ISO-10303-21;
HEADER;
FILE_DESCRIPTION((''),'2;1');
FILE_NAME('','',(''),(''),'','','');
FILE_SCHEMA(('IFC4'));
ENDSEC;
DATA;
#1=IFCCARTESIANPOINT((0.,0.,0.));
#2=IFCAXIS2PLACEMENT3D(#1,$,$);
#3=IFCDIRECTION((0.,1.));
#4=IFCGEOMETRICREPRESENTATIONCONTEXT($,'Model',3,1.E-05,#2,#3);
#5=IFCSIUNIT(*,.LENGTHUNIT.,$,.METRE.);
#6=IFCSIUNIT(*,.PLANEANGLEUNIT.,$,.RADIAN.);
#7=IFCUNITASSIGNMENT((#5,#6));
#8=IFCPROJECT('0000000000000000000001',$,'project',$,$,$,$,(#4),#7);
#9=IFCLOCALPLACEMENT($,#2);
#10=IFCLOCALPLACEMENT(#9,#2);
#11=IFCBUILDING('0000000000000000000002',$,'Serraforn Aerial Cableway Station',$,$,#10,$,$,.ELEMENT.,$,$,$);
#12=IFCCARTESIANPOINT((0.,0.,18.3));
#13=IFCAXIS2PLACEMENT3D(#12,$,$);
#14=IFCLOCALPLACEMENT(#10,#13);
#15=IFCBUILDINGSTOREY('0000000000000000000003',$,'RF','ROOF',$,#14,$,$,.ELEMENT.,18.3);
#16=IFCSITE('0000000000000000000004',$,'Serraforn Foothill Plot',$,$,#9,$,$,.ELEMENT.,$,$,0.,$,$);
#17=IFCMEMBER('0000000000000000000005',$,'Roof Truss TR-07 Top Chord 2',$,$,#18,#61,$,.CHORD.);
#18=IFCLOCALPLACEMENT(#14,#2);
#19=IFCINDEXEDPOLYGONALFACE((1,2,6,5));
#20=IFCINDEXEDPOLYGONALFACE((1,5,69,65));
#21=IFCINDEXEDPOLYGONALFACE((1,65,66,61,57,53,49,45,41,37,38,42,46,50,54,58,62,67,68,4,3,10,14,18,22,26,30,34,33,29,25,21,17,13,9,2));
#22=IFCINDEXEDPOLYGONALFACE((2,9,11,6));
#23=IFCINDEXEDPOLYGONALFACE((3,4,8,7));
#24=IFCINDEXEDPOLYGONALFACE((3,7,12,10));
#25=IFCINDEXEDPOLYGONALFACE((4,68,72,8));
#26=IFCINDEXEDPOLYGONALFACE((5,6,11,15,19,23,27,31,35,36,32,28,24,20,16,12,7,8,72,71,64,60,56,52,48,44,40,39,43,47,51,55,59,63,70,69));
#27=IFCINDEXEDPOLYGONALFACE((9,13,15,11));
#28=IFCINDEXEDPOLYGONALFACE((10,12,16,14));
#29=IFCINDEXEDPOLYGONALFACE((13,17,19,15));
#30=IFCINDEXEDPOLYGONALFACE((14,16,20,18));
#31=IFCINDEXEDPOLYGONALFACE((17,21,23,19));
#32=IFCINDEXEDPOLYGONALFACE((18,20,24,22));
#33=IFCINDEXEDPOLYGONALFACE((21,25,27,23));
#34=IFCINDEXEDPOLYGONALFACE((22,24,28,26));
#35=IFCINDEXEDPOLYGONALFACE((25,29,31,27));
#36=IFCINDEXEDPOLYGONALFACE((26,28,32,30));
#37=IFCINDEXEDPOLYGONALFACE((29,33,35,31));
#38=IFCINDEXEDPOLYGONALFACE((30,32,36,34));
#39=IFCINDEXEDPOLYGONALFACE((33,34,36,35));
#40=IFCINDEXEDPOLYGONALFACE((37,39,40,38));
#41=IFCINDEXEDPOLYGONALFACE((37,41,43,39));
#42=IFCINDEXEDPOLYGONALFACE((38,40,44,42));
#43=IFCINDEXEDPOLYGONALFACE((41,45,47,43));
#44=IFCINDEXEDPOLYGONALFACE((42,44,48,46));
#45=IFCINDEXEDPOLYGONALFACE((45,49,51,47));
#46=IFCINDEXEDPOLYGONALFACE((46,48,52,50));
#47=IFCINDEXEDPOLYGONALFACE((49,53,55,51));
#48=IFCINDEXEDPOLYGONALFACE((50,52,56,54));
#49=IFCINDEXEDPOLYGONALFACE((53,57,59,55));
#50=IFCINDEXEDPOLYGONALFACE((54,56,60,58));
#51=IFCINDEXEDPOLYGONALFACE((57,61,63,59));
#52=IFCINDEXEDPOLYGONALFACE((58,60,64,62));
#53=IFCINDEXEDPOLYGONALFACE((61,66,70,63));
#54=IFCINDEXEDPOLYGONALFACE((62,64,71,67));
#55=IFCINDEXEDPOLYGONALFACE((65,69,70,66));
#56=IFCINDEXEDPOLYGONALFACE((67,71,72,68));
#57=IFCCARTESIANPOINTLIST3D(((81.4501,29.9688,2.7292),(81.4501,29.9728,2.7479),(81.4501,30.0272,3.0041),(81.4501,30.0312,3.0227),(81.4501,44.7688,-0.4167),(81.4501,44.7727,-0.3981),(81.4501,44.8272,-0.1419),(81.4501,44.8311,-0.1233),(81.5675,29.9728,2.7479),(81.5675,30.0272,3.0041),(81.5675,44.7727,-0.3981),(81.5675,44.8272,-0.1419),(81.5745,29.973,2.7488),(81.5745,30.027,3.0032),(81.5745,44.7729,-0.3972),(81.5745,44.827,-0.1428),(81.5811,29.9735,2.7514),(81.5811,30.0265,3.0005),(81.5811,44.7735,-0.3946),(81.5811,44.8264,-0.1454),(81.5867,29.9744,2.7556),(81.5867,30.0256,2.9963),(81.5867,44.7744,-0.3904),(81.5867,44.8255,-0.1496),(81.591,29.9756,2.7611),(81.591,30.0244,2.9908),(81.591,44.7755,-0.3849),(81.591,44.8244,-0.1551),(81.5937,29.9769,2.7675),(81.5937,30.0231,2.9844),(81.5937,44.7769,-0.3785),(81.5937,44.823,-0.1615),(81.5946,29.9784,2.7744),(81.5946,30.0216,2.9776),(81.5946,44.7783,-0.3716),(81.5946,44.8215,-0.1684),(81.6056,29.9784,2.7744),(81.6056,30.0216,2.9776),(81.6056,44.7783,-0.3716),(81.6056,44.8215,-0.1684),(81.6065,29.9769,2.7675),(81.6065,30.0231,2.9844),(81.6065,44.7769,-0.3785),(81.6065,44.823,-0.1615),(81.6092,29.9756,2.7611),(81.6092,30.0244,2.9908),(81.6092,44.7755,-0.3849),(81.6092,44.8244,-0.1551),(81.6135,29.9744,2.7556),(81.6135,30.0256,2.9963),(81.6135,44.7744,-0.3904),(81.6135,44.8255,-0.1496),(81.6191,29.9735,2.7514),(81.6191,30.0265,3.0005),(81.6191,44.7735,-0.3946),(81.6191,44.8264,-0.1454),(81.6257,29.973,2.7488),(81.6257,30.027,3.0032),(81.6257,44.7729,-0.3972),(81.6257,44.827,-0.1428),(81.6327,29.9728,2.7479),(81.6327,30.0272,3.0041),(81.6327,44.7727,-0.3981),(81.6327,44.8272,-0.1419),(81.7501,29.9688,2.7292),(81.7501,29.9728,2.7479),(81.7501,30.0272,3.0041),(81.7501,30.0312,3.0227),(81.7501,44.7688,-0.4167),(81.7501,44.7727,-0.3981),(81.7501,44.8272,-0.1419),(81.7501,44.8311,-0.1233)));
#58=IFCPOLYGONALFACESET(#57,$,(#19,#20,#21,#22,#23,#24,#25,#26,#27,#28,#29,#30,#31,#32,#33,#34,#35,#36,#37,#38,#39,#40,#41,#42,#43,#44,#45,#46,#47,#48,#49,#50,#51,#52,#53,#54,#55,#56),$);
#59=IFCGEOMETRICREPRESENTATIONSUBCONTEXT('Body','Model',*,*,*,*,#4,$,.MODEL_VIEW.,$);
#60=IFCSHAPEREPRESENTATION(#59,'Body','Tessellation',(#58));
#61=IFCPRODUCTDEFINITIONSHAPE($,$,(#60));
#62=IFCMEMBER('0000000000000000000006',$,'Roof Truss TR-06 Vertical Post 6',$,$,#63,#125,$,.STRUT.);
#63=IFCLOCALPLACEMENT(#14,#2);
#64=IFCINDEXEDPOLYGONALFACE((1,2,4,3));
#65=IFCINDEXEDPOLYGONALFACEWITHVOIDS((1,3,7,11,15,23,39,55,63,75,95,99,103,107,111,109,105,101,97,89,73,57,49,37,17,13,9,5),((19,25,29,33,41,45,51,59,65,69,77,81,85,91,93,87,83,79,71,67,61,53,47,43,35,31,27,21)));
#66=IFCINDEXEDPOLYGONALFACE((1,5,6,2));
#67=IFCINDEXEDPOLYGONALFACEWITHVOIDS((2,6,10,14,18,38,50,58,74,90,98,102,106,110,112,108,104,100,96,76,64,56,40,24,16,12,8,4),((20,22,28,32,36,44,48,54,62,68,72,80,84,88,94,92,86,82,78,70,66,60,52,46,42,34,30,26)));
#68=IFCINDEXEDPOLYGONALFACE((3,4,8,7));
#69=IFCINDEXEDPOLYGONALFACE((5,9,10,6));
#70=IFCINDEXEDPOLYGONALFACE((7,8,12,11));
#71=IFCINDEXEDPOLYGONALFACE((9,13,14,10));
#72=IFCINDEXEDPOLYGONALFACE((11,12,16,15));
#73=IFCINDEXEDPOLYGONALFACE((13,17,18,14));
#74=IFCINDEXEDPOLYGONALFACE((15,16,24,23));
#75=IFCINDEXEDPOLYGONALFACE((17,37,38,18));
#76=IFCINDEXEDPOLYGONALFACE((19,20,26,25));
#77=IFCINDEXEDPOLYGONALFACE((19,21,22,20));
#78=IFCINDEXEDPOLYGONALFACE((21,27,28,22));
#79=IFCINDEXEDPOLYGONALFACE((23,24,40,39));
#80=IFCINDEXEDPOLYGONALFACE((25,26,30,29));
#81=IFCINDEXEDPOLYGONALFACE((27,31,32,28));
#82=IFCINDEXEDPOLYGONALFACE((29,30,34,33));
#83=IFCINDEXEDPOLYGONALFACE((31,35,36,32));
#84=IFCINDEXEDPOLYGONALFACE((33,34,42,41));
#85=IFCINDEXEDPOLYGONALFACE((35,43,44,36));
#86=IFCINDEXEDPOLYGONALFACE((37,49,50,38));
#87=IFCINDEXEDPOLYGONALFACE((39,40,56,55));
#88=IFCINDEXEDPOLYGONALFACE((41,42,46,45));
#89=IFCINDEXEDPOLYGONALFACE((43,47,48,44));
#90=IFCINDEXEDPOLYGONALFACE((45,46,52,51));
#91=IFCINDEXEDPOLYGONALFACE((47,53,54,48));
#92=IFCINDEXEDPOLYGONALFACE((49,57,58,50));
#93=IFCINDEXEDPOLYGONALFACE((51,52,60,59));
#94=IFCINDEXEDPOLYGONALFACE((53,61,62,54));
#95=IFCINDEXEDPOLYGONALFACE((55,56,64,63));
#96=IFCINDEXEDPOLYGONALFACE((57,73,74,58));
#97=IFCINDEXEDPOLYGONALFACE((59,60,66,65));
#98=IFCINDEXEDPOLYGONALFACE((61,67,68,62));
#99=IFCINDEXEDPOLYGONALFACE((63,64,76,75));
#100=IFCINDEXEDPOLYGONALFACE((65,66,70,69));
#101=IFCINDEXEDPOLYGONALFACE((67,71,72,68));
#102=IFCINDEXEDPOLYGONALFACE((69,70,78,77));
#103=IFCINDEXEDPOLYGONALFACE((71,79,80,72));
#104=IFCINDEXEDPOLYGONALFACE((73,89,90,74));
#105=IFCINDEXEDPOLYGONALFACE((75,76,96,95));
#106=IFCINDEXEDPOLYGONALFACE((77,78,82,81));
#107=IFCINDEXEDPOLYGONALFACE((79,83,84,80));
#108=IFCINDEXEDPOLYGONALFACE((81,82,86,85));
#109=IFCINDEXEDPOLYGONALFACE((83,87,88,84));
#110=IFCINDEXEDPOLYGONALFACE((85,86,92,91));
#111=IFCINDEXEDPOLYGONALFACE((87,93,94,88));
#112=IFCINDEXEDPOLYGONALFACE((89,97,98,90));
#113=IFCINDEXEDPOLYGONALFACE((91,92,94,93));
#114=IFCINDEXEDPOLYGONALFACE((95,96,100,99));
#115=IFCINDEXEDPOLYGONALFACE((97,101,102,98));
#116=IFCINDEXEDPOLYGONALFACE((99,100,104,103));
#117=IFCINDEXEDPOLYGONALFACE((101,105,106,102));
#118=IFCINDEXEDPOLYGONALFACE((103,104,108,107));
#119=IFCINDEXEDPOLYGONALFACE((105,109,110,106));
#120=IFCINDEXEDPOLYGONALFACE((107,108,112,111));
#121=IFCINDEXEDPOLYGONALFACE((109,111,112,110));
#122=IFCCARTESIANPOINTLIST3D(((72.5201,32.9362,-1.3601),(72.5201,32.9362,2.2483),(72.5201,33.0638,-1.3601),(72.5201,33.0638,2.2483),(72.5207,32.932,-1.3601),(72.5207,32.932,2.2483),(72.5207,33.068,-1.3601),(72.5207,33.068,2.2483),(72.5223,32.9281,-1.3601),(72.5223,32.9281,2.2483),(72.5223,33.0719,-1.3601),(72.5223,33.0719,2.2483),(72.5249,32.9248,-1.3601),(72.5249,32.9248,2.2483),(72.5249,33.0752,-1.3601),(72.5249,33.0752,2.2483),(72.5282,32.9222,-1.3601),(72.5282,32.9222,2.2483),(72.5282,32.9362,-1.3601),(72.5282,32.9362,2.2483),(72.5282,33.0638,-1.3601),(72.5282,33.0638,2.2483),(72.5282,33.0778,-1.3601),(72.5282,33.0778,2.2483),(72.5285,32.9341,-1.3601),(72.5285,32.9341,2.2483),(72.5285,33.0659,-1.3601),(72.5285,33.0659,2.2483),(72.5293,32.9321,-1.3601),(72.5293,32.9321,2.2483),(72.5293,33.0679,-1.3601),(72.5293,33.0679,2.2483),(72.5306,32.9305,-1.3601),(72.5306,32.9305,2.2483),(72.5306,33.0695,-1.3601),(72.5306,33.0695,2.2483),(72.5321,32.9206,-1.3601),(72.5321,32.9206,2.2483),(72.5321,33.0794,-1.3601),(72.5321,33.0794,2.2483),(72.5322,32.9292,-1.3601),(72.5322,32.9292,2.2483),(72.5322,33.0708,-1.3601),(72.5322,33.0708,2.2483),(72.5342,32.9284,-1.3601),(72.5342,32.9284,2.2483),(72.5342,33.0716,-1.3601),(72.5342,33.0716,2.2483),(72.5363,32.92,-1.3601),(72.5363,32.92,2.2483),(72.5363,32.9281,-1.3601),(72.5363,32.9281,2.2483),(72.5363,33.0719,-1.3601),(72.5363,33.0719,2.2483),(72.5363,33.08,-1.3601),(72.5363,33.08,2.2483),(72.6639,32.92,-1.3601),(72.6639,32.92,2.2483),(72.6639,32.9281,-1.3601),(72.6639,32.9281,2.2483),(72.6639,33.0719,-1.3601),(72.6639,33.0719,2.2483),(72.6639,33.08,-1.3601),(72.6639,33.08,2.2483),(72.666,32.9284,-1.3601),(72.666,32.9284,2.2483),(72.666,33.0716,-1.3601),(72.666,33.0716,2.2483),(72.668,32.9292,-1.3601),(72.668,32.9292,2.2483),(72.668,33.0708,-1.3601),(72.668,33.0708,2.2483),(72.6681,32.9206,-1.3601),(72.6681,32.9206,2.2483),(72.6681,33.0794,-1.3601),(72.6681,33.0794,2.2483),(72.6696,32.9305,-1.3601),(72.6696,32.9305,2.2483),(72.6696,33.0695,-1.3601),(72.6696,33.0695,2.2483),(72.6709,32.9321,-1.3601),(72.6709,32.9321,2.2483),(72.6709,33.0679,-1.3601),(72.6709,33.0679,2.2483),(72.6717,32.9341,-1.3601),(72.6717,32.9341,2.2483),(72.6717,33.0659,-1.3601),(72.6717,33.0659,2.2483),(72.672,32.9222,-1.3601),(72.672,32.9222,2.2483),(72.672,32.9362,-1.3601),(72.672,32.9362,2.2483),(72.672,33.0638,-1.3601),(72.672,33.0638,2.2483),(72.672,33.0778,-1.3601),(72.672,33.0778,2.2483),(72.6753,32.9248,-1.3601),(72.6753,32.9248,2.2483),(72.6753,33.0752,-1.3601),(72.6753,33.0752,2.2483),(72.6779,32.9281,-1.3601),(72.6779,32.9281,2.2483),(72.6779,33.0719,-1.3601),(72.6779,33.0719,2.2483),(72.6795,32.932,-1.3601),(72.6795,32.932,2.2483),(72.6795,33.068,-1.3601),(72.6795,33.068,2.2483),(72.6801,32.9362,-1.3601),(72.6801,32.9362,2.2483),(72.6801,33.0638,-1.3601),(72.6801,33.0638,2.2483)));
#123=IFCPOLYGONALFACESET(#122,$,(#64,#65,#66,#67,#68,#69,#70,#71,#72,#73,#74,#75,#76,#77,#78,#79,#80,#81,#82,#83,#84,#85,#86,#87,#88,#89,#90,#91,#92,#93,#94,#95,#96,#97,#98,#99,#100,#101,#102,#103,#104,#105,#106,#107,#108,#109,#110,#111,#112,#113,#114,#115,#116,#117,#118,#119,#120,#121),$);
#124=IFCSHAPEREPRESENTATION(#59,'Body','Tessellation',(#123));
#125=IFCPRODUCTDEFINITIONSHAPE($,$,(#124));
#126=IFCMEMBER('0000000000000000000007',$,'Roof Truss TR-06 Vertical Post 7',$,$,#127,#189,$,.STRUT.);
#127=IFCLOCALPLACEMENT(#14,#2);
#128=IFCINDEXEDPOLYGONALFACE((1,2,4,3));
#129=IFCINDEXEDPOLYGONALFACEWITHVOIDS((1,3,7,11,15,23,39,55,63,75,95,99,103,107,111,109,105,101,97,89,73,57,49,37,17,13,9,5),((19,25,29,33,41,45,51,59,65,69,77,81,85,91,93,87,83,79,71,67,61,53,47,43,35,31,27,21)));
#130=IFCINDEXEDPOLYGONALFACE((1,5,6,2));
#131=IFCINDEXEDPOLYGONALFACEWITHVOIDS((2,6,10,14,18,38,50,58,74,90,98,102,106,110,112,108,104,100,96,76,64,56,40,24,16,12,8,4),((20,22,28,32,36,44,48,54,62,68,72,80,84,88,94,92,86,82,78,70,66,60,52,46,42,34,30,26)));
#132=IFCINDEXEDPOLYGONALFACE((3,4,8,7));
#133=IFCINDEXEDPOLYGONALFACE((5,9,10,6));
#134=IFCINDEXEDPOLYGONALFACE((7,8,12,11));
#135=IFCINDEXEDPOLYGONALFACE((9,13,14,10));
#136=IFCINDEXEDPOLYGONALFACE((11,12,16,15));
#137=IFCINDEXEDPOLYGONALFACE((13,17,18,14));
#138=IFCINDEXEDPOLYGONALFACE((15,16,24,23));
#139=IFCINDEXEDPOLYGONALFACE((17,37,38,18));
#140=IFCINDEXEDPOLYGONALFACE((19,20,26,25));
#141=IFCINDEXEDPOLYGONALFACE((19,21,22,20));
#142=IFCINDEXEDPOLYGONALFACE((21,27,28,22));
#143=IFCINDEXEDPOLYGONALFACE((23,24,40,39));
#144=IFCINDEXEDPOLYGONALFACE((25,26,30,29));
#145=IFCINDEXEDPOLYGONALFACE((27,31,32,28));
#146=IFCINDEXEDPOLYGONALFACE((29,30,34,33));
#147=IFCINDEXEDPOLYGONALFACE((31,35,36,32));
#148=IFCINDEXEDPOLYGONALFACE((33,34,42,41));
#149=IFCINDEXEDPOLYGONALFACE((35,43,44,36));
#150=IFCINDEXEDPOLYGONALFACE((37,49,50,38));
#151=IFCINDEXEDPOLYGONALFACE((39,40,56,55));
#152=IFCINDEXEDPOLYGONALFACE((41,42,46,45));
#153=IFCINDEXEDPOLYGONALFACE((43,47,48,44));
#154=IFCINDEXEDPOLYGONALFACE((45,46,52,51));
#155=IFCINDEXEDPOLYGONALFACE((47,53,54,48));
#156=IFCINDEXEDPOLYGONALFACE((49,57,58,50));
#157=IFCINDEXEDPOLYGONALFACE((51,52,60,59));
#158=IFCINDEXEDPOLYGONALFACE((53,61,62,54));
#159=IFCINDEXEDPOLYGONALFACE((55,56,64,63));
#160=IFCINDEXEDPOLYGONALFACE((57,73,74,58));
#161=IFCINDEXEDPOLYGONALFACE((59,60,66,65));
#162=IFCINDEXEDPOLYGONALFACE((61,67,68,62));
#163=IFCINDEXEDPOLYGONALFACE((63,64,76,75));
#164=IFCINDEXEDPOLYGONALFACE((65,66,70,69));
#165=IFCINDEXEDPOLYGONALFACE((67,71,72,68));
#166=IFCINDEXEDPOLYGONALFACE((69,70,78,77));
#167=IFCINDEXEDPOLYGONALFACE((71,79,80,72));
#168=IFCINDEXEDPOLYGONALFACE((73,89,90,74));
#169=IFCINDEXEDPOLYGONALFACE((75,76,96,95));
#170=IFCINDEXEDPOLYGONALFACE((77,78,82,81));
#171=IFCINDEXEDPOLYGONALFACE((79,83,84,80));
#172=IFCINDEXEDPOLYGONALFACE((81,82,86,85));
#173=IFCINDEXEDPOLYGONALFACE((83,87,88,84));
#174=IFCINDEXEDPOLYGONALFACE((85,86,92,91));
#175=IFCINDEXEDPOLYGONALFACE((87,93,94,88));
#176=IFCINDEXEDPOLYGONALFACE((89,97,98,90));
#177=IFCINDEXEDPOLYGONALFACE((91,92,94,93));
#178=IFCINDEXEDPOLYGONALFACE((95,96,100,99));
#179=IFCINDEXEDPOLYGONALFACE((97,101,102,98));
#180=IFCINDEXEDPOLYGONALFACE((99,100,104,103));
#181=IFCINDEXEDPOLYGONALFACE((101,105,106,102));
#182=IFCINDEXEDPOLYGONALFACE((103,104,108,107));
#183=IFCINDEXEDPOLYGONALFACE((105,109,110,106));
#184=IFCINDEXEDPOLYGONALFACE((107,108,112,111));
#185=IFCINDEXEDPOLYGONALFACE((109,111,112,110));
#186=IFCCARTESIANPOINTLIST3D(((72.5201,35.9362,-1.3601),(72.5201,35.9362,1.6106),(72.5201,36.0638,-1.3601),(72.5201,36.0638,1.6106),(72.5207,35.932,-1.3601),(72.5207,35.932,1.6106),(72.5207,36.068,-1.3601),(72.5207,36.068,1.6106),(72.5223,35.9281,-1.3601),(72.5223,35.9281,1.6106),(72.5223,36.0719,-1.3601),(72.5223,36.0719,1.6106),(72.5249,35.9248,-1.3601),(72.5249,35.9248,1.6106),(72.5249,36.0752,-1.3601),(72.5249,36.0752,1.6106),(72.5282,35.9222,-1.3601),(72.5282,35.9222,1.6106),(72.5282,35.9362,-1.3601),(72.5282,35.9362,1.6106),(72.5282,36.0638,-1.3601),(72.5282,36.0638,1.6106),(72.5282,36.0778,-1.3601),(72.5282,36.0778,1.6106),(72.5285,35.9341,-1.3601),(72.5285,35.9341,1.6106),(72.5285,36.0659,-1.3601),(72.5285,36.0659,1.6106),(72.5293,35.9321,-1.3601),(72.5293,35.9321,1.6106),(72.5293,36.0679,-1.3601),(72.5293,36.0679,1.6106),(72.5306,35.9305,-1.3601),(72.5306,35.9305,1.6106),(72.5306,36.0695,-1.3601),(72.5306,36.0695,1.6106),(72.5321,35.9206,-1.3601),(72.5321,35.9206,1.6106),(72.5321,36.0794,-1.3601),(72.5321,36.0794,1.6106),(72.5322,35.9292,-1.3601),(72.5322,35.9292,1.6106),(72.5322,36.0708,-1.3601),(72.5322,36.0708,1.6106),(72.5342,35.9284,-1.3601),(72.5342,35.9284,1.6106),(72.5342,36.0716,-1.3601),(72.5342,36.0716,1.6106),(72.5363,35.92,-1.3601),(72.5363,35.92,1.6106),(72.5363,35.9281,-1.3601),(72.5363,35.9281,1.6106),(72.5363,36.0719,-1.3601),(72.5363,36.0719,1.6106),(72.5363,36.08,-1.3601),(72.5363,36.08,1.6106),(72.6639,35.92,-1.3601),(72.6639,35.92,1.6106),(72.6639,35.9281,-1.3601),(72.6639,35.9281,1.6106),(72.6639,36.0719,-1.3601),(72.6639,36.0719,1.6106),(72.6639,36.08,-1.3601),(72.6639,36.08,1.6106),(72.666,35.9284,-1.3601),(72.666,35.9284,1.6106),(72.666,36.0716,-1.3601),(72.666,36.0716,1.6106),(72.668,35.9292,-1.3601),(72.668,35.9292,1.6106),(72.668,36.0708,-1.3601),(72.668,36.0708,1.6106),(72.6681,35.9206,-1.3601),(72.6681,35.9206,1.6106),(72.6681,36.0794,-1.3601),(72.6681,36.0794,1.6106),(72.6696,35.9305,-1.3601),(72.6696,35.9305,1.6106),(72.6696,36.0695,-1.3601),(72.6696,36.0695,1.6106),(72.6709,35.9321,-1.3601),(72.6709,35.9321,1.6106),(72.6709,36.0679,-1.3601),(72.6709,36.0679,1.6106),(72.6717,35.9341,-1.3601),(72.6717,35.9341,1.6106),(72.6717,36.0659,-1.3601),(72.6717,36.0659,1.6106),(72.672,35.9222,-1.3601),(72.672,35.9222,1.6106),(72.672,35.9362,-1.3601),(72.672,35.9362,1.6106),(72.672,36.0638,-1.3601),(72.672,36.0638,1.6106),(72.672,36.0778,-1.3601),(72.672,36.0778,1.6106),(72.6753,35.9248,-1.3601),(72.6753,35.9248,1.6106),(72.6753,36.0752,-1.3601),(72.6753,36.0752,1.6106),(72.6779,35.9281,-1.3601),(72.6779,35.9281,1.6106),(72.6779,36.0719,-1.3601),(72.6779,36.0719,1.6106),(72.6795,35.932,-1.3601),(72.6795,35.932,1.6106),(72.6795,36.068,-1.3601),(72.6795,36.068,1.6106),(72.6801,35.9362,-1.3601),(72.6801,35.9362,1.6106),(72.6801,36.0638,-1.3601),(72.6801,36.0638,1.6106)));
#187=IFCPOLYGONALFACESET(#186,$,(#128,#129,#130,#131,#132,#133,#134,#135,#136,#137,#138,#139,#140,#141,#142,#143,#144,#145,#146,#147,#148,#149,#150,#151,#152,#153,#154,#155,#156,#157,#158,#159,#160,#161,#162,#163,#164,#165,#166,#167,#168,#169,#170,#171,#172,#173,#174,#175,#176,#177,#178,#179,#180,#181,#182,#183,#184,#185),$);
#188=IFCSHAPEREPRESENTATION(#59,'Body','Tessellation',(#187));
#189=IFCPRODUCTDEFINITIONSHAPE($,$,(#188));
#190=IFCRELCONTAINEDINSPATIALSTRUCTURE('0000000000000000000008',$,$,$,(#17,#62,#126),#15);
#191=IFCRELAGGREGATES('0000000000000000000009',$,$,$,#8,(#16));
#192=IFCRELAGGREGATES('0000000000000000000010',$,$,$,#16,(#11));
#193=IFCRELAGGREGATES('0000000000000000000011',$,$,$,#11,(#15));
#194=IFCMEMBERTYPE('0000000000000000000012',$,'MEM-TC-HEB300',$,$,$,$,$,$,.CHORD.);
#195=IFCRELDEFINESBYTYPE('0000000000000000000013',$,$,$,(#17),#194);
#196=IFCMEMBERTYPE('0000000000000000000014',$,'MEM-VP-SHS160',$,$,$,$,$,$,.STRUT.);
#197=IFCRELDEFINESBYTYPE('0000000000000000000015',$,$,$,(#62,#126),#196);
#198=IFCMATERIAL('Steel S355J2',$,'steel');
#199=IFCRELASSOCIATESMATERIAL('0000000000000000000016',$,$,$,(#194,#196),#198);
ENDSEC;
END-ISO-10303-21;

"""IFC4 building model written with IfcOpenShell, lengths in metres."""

from ifc_helpers import new_model, si_unit, direction, frame, origin, origin_2d, place, context, subcontext, project, spatial, hollow_rectangle, i_section, extrude, material, material_profile, profile_set, type_object, element, save


model = new_model("IFC4")

# Units and contexts
model_context = context("Model", 3, precision=1e-05, world=origin(), true_north=direction((0.0, 1.0)))
body_context = subcontext(model_context, "Body", "Model", "MODEL_VIEW")
ifc_project = project(units=[si_unit("LENGTHUNIT", "METRE"), si_unit("PLANEANGLEUNIT", "RADIAN")], contexts=[model_context])

# Site, building, storey
site_placement = place(None, origin())
site = spatial("IfcSite", under=ifc_project, at=site_placement, Name="Serraforn Foothill Plot", CompositionType="ELEMENT", RefElevation=0.0)
building_placement = place(site_placement, origin())
building = spatial("IfcBuilding", under=site, at=building_placement, Name="Serraforn Aerial Cableway Station", CompositionType="ELEMENT")
storey_placement = place(building_placement, frame((0.0, 0.0, 18.3)))
storey = spatial("IfcBuildingStorey", under=building, at=storey_placement, Name="RF", Description="ROOF", CompositionType="ELEMENT", Elevation=18.3)

# Members
ifc_material_1 = material(Name="Steel S355J2", Category="steel")
ifc_material_profile_1 = material_profile(ifc_material_1, i_section(OverallWidth=0.3, OverallDepth=0.3, WebThickness=0.011, FlangeThickness=0.019, FilletRadius=0.0271, at=origin_2d()), Name="HEB 300")
ifc_profile_set_1 = profile_set([ifc_material_profile_1], Name="Steel S355J2")
member_type_1 = type_object("IfcMemberType", Name="MEM-TC-HEB300", PredefinedType="CHORD", material=ifc_profile_set_1)
member_1_placement = place(storey_placement, frame((81.6001, 30.0, 2.876), z_axis=(0.0, 0.978146, -0.207921), x_axis=(-1.0, 0.0, 0.0)))
element("IfcMember", 1, at=member_1_placement, inside=storey, type_object=member_type_1, Name="Roof Truss TR-07 Top Chord 2", PredefinedType="CHORD", context=body_context, shape_type="SweptSolid", body=[
    extrude(i_section(OverallWidth=0.3, OverallDepth=0.3, WebThickness=0.011, FlangeThickness=0.019, FilletRadius=0.0271, at=origin_2d()), origin(), (0.0, 0.0, 1.0), 15.1306),
])
ifc_material_profile_2 = material_profile(ifc_material_1, hollow_rectangle(XDim=0.1599, YDim=0.1599, WallThickness=0.0081, InnerFilletRadius=0.0081, OuterFilletRadius=0.0161, at=origin_2d()), Name="SHS 160x160x8.0")
ifc_profile_set_2 = profile_set([ifc_material_profile_2], Name="Steel S355J2")
member_type_2 = type_object("IfcMemberType", Name="MEM-VP-SHS160", PredefinedType="STRUT", material=ifc_profile_set_2)
member_2_placement = place(storey_placement, frame((72.6001, 33.0, -1.3601), z_axis=(0.0, 0.0, 1.0), x_axis=(1.0, 0.0, 0.0)))
element("IfcMember", 2, at=member_2_placement, inside=storey, type_object=member_type_2, Name="Roof Truss TR-06 Vertical Post 6", PredefinedType="STRUT", context=body_context, shape_type="SweptSolid", body=[
    extrude(hollow_rectangle(XDim=0.1599, YDim=0.1599, WallThickness=0.0081, InnerFilletRadius=0.0081, OuterFilletRadius=0.0161, at=origin_2d()), origin(), (0.0, 0.0, 1.0), 3.6084),
])
for number, where, z_axis, x_axis, name in (
    (3, (72.6001, 36.0, -1.3601), (0.0, 0.0, 1.0), (1.0, 0.0, 0.0), "Roof Truss TR-06 Vertical Post 7"),
):
    element("IfcMember", number, at=place(storey_placement, frame(where, z_axis=z_axis, x_axis=x_axis)), inside=storey, type_object=member_type_2, Name=name, PredefinedType="STRUT", context=body_context, shape_type="SweptSolid", body=[
        extrude(hollow_rectangle(XDim=0.1599, YDim=0.1599, WallThickness=0.0081, InnerFilletRadius=0.0081, OuterFilletRadius=0.0161, at=origin_2d()), origin(), (0.0, 0.0, 1.0), 2.9707),
    ])

save(model, "model.ifc")
